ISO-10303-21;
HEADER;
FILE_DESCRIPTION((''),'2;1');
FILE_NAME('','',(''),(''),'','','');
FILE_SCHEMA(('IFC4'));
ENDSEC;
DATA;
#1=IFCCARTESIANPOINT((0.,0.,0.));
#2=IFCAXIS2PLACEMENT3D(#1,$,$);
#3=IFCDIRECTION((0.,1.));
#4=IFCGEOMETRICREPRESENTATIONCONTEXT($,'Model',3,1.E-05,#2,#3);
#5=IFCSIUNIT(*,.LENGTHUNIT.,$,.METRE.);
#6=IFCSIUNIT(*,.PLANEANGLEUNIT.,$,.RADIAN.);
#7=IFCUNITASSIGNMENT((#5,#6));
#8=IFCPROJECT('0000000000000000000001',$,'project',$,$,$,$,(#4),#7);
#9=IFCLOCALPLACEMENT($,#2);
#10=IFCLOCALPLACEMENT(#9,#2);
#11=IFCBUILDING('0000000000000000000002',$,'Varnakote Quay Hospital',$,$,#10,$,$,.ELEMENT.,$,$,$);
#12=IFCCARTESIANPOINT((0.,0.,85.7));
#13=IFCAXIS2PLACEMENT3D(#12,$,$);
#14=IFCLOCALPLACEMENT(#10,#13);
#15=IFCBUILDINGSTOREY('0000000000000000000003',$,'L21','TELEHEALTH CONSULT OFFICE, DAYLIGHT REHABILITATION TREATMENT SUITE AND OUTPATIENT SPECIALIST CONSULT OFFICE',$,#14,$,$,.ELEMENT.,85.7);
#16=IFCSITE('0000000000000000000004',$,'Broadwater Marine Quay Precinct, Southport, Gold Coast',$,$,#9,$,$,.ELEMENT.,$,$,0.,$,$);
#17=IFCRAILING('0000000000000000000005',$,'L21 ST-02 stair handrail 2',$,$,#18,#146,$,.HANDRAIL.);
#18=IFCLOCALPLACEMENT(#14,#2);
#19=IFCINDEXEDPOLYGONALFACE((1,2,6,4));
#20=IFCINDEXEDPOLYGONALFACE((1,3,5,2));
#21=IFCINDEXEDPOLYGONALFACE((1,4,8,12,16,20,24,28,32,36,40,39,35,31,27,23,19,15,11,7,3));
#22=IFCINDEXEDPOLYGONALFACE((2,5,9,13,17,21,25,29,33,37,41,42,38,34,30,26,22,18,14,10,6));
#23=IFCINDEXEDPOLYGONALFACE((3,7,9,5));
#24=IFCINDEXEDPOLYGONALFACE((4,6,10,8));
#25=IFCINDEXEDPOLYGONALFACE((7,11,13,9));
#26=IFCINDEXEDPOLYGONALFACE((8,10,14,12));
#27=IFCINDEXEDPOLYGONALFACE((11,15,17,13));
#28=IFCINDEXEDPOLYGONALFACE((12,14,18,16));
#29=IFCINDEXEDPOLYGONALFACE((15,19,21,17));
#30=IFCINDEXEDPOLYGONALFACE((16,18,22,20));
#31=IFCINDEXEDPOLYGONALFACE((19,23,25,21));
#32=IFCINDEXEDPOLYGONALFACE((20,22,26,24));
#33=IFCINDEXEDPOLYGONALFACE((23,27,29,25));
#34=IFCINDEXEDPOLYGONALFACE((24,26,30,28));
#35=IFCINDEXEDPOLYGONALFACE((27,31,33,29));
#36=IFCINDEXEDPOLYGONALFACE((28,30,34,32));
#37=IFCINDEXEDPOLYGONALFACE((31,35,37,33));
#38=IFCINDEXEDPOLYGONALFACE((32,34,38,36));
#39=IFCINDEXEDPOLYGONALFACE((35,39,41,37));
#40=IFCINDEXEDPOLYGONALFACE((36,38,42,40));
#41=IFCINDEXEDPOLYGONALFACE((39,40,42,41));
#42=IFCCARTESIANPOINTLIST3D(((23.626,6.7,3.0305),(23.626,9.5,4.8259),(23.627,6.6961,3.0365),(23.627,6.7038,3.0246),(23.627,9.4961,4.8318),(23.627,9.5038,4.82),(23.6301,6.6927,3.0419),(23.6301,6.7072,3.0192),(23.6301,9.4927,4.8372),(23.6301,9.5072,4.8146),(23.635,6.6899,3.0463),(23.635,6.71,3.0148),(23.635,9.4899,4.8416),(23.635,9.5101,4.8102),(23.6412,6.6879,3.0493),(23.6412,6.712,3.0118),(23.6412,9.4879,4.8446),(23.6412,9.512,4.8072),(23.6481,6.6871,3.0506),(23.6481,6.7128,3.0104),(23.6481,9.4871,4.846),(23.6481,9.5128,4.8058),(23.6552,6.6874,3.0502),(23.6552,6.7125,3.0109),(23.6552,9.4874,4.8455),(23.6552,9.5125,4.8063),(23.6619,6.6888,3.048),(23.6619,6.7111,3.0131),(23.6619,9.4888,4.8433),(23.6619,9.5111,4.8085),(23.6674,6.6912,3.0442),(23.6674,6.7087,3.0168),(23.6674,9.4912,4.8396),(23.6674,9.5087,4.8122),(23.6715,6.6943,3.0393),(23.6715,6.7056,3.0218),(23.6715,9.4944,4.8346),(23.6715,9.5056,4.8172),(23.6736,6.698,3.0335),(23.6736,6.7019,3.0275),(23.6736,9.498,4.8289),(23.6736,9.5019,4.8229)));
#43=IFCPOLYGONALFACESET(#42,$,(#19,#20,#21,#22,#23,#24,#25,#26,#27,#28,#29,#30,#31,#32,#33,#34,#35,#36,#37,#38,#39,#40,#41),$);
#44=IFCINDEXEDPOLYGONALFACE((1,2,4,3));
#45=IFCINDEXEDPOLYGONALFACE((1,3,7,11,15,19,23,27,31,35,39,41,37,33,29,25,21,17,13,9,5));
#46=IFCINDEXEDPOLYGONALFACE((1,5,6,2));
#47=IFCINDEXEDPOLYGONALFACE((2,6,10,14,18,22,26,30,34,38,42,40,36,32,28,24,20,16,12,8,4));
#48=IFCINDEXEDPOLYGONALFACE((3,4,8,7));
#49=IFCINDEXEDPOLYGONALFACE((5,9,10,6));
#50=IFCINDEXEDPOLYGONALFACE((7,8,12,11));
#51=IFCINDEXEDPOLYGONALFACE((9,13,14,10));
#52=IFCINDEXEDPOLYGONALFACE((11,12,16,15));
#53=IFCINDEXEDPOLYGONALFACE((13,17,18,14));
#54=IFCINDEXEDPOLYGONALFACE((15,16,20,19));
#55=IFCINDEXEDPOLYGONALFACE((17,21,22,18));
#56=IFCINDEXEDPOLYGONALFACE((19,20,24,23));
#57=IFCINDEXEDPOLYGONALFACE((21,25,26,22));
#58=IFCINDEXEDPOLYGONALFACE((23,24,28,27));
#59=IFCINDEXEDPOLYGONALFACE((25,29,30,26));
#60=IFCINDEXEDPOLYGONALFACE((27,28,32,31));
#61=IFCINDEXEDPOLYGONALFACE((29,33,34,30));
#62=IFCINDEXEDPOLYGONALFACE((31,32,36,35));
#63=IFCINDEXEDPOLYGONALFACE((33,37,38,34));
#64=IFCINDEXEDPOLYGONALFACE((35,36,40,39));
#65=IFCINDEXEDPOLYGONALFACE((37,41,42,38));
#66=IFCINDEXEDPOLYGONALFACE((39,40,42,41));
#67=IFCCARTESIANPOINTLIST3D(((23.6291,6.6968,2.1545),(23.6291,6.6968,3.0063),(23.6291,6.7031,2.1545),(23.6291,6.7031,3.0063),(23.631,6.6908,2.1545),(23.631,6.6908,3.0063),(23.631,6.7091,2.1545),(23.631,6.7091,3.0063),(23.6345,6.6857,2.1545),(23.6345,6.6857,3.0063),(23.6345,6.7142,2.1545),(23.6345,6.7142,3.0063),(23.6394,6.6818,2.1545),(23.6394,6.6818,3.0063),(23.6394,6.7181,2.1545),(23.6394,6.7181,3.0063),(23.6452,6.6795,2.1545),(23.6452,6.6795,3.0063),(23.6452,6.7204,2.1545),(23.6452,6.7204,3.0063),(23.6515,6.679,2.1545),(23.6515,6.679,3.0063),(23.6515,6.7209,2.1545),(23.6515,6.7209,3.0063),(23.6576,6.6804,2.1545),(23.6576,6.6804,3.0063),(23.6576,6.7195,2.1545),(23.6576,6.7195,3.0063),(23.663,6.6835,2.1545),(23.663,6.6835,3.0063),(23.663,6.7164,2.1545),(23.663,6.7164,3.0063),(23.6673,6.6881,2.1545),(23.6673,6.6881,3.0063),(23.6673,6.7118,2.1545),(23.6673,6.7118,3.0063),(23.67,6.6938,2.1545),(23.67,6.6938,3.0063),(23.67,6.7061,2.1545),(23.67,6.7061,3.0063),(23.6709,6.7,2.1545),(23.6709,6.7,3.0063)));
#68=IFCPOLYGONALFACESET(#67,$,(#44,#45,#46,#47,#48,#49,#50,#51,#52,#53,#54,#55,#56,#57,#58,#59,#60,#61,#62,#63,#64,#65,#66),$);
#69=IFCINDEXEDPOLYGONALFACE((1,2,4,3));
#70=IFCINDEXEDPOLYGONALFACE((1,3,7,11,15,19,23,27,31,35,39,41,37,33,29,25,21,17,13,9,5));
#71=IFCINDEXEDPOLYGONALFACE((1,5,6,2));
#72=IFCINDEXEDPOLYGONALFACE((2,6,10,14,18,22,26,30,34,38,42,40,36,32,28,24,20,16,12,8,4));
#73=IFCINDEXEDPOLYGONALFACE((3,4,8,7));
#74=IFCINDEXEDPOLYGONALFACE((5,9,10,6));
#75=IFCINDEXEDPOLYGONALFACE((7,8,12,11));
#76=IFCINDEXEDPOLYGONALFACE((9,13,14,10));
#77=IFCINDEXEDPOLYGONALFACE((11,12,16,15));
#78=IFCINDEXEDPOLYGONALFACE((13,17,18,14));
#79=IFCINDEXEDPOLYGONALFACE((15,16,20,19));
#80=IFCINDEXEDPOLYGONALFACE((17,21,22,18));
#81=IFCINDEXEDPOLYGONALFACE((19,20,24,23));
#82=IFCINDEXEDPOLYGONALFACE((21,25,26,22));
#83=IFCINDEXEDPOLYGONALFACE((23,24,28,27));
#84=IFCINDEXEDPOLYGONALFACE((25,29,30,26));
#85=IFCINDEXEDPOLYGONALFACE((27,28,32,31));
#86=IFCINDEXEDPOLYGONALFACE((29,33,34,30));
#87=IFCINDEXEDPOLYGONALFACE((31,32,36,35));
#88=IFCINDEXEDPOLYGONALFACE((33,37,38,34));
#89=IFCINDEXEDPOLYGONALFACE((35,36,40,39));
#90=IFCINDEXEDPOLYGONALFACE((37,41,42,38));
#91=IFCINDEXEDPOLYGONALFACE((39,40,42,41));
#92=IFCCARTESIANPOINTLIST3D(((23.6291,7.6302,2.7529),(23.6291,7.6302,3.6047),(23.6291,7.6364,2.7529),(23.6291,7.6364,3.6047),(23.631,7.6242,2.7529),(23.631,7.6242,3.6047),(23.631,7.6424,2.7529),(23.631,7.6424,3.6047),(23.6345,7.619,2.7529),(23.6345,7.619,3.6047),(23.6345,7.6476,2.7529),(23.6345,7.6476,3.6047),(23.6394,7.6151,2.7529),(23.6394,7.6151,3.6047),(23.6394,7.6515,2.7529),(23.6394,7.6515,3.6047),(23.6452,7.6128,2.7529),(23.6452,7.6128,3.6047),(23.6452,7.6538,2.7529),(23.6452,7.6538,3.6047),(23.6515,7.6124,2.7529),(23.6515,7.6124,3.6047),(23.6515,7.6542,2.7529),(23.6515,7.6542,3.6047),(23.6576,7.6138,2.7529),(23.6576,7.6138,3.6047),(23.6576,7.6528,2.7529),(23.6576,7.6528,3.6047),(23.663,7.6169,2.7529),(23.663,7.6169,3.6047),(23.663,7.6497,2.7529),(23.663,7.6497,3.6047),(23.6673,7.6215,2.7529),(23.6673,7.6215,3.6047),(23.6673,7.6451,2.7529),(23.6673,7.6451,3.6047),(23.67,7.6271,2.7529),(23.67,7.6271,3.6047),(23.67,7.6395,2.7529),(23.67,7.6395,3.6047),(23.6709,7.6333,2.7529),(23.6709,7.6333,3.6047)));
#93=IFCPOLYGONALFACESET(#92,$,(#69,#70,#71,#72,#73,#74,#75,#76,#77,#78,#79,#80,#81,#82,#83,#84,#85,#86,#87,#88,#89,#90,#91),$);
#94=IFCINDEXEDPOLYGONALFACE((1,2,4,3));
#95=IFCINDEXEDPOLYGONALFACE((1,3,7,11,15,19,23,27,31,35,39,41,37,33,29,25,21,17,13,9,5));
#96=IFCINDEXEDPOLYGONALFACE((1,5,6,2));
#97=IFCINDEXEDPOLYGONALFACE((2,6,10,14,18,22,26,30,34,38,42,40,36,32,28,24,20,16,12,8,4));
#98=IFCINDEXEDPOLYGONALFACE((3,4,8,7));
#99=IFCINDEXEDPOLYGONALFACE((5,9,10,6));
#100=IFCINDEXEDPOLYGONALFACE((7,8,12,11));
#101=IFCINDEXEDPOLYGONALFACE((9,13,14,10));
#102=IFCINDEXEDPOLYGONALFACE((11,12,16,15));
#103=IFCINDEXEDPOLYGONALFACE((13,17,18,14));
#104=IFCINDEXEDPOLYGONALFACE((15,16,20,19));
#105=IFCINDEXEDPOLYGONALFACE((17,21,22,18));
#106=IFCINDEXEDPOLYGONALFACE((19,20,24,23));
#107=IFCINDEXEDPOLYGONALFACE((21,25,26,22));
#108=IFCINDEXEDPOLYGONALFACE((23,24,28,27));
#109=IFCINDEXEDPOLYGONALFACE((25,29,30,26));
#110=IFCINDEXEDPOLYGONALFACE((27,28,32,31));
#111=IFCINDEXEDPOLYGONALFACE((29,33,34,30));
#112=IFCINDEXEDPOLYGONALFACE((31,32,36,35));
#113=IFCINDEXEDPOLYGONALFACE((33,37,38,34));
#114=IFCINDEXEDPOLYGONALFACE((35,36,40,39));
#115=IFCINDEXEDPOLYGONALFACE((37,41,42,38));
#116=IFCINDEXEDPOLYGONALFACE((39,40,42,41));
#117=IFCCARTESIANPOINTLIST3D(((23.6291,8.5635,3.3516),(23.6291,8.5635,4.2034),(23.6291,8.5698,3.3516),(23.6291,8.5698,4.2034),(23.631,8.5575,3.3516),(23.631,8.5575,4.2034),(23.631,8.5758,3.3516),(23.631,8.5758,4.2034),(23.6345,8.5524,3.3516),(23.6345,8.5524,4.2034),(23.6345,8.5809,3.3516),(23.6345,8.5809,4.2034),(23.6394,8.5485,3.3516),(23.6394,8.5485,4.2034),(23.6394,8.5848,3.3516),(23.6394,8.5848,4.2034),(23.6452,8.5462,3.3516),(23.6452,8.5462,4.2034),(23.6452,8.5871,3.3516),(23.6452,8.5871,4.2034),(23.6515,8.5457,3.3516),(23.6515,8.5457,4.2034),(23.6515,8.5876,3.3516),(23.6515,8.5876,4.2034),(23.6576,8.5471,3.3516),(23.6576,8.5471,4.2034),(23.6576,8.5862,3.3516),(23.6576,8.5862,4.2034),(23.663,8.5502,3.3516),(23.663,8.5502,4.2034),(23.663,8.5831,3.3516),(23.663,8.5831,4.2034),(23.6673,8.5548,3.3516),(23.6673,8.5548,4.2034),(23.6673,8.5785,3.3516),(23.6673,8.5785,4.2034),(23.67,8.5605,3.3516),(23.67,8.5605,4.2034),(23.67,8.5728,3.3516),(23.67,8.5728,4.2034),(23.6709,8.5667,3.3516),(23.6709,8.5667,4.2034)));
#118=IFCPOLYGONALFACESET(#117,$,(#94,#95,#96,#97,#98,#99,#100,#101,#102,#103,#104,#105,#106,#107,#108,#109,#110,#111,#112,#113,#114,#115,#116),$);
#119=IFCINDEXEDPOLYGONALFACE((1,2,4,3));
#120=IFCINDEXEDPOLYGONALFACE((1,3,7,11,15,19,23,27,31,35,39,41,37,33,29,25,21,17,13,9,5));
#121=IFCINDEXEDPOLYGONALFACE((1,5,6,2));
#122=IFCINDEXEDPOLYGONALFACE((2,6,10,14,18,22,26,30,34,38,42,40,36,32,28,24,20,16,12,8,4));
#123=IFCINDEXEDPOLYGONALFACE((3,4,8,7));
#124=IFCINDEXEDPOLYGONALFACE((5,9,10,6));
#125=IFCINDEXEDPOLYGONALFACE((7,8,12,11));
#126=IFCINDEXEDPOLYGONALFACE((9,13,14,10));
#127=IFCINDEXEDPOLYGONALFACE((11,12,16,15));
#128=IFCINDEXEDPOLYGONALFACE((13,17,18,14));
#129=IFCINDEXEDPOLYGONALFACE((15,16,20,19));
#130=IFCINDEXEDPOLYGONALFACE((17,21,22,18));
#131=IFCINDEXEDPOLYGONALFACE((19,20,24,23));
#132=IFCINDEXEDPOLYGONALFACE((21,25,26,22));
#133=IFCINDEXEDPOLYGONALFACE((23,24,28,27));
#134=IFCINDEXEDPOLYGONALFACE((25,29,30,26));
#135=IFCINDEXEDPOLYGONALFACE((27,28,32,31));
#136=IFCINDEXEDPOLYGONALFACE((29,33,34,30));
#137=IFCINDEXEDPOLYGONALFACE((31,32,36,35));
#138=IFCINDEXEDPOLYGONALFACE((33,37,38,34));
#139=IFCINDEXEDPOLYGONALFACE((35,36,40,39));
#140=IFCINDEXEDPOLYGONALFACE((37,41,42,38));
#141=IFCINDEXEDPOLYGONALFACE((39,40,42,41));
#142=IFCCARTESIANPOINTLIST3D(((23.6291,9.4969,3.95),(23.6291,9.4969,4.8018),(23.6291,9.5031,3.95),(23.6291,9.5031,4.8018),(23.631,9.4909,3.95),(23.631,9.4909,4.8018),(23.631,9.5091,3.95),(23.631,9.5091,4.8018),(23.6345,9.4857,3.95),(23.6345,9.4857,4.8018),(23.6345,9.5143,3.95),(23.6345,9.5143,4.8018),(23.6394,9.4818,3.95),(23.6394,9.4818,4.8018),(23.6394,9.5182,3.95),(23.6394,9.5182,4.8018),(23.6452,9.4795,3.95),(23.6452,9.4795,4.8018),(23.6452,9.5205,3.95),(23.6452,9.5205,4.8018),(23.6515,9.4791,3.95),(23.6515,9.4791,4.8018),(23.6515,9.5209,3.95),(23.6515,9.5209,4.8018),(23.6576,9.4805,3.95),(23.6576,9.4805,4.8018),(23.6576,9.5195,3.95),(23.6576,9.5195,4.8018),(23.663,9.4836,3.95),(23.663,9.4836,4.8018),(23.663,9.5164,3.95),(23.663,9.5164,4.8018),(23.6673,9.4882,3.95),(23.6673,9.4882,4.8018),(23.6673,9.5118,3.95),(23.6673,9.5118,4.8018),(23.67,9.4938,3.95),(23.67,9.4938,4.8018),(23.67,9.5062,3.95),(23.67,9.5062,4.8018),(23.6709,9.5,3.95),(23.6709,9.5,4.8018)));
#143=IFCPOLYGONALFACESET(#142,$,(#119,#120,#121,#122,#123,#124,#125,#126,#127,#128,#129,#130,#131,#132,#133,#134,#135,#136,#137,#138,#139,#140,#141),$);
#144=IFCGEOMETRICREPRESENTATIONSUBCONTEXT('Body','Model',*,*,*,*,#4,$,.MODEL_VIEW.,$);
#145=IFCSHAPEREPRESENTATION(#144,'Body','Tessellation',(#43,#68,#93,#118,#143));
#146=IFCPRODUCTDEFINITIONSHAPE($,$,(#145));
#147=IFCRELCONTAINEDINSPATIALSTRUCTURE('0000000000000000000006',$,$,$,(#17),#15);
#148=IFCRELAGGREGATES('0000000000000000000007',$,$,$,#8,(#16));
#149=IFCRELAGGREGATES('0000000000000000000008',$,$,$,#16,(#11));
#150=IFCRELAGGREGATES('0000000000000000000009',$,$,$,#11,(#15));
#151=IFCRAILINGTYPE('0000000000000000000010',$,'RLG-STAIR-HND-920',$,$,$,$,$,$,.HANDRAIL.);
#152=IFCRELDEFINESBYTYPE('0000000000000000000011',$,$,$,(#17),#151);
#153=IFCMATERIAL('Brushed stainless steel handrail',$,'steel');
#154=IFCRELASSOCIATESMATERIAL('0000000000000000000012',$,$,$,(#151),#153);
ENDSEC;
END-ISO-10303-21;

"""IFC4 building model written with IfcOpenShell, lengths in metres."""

from ifc_helpers import new_model, si_unit, direction, frame, origin, origin_2d, place, context, subcontext, project, spatial, circle, extrude, material, type_object, element, save


model = new_model("IFC4")

# Units and contexts
model_context = context("Model", 3, precision=1e-05, world=origin(), true_north=direction((0.0, 1.0)))
body_context = subcontext(model_context, "Body", "Model", "MODEL_VIEW")
ifc_project = project(units=[si_unit("LENGTHUNIT", "METRE"), si_unit("PLANEANGLEUNIT", "RADIAN")], contexts=[model_context])

# Site, building, storey
site_placement = place(None, origin())
site = spatial("IfcSite", under=ifc_project, at=site_placement, Name="Broadwater Marine Quay Precinct, Southport, Gold Coast", CompositionType="ELEMENT", RefElevation=0.0)
building_placement = place(site_placement, origin())
building = spatial("IfcBuilding", under=site, at=building_placement, Name="Varnakote Quay Hospital", CompositionType="ELEMENT")
storey_placement = place(building_placement, frame((0.0, 0.0, 85.7)))
storey = spatial("IfcBuildingStorey", under=building, at=storey_placement, Name="L21", Description="TELEHEALTH CONSULT OFFICE, DAYLIGHT REHABILITATION TREATMENT SUITE AND OUTPATIENT SPECIALIST CONSULT OFFICE", CompositionType="ELEMENT", Elevation=85.7)

# Railing
ifc_material_1 = material(Name="Brushed stainless steel handrail", Category="steel")
railing_type = type_object("IfcRailingType", Name="RLG-STAIR-HND-920", PredefinedType="HANDRAIL", material=ifc_material_1)
railing_placement = place(storey_placement, frame((23.6499, 6.7, 2.1545)))
element("IfcRailing", 1, at=railing_placement, inside=storey, type_object=railing_type, Name="L21 ST-02 stair handrail 2", PredefinedType="HANDRAIL", context=body_context, shape_type="SweptSolid", body=[
    extrude(circle(Radius=0.0239, at=origin_2d()), frame((0.0, 0.0, 0.876), z_axis=(0.0, 0.84181, 0.539774), x_axis=(-1.0, 0.0, 0.0)), (0.0, 0.0, 1.0), 3.3262),
    extrude(circle(Radius=0.021, at=origin_2d()), origin(), (0.0, 0.0, 1.0), 0.8518),
    extrude(circle(Radius=0.021, at=origin_2d()), frame((0.0, 0.9333, 0.5984)), (0.0, 0.0, 1.0), 0.8518),
    extrude(circle(Radius=0.021, at=origin_2d()), frame((0.0, 1.8667, 1.197)), (0.0, 0.0, 1.0), 0.8518),
    extrude(circle(Radius=0.021, at=origin_2d()), frame((0.0, 2.8, 1.7954)), (0.0, 0.0, 1.0), 0.8518),
])

save(model, "model.ifc")
